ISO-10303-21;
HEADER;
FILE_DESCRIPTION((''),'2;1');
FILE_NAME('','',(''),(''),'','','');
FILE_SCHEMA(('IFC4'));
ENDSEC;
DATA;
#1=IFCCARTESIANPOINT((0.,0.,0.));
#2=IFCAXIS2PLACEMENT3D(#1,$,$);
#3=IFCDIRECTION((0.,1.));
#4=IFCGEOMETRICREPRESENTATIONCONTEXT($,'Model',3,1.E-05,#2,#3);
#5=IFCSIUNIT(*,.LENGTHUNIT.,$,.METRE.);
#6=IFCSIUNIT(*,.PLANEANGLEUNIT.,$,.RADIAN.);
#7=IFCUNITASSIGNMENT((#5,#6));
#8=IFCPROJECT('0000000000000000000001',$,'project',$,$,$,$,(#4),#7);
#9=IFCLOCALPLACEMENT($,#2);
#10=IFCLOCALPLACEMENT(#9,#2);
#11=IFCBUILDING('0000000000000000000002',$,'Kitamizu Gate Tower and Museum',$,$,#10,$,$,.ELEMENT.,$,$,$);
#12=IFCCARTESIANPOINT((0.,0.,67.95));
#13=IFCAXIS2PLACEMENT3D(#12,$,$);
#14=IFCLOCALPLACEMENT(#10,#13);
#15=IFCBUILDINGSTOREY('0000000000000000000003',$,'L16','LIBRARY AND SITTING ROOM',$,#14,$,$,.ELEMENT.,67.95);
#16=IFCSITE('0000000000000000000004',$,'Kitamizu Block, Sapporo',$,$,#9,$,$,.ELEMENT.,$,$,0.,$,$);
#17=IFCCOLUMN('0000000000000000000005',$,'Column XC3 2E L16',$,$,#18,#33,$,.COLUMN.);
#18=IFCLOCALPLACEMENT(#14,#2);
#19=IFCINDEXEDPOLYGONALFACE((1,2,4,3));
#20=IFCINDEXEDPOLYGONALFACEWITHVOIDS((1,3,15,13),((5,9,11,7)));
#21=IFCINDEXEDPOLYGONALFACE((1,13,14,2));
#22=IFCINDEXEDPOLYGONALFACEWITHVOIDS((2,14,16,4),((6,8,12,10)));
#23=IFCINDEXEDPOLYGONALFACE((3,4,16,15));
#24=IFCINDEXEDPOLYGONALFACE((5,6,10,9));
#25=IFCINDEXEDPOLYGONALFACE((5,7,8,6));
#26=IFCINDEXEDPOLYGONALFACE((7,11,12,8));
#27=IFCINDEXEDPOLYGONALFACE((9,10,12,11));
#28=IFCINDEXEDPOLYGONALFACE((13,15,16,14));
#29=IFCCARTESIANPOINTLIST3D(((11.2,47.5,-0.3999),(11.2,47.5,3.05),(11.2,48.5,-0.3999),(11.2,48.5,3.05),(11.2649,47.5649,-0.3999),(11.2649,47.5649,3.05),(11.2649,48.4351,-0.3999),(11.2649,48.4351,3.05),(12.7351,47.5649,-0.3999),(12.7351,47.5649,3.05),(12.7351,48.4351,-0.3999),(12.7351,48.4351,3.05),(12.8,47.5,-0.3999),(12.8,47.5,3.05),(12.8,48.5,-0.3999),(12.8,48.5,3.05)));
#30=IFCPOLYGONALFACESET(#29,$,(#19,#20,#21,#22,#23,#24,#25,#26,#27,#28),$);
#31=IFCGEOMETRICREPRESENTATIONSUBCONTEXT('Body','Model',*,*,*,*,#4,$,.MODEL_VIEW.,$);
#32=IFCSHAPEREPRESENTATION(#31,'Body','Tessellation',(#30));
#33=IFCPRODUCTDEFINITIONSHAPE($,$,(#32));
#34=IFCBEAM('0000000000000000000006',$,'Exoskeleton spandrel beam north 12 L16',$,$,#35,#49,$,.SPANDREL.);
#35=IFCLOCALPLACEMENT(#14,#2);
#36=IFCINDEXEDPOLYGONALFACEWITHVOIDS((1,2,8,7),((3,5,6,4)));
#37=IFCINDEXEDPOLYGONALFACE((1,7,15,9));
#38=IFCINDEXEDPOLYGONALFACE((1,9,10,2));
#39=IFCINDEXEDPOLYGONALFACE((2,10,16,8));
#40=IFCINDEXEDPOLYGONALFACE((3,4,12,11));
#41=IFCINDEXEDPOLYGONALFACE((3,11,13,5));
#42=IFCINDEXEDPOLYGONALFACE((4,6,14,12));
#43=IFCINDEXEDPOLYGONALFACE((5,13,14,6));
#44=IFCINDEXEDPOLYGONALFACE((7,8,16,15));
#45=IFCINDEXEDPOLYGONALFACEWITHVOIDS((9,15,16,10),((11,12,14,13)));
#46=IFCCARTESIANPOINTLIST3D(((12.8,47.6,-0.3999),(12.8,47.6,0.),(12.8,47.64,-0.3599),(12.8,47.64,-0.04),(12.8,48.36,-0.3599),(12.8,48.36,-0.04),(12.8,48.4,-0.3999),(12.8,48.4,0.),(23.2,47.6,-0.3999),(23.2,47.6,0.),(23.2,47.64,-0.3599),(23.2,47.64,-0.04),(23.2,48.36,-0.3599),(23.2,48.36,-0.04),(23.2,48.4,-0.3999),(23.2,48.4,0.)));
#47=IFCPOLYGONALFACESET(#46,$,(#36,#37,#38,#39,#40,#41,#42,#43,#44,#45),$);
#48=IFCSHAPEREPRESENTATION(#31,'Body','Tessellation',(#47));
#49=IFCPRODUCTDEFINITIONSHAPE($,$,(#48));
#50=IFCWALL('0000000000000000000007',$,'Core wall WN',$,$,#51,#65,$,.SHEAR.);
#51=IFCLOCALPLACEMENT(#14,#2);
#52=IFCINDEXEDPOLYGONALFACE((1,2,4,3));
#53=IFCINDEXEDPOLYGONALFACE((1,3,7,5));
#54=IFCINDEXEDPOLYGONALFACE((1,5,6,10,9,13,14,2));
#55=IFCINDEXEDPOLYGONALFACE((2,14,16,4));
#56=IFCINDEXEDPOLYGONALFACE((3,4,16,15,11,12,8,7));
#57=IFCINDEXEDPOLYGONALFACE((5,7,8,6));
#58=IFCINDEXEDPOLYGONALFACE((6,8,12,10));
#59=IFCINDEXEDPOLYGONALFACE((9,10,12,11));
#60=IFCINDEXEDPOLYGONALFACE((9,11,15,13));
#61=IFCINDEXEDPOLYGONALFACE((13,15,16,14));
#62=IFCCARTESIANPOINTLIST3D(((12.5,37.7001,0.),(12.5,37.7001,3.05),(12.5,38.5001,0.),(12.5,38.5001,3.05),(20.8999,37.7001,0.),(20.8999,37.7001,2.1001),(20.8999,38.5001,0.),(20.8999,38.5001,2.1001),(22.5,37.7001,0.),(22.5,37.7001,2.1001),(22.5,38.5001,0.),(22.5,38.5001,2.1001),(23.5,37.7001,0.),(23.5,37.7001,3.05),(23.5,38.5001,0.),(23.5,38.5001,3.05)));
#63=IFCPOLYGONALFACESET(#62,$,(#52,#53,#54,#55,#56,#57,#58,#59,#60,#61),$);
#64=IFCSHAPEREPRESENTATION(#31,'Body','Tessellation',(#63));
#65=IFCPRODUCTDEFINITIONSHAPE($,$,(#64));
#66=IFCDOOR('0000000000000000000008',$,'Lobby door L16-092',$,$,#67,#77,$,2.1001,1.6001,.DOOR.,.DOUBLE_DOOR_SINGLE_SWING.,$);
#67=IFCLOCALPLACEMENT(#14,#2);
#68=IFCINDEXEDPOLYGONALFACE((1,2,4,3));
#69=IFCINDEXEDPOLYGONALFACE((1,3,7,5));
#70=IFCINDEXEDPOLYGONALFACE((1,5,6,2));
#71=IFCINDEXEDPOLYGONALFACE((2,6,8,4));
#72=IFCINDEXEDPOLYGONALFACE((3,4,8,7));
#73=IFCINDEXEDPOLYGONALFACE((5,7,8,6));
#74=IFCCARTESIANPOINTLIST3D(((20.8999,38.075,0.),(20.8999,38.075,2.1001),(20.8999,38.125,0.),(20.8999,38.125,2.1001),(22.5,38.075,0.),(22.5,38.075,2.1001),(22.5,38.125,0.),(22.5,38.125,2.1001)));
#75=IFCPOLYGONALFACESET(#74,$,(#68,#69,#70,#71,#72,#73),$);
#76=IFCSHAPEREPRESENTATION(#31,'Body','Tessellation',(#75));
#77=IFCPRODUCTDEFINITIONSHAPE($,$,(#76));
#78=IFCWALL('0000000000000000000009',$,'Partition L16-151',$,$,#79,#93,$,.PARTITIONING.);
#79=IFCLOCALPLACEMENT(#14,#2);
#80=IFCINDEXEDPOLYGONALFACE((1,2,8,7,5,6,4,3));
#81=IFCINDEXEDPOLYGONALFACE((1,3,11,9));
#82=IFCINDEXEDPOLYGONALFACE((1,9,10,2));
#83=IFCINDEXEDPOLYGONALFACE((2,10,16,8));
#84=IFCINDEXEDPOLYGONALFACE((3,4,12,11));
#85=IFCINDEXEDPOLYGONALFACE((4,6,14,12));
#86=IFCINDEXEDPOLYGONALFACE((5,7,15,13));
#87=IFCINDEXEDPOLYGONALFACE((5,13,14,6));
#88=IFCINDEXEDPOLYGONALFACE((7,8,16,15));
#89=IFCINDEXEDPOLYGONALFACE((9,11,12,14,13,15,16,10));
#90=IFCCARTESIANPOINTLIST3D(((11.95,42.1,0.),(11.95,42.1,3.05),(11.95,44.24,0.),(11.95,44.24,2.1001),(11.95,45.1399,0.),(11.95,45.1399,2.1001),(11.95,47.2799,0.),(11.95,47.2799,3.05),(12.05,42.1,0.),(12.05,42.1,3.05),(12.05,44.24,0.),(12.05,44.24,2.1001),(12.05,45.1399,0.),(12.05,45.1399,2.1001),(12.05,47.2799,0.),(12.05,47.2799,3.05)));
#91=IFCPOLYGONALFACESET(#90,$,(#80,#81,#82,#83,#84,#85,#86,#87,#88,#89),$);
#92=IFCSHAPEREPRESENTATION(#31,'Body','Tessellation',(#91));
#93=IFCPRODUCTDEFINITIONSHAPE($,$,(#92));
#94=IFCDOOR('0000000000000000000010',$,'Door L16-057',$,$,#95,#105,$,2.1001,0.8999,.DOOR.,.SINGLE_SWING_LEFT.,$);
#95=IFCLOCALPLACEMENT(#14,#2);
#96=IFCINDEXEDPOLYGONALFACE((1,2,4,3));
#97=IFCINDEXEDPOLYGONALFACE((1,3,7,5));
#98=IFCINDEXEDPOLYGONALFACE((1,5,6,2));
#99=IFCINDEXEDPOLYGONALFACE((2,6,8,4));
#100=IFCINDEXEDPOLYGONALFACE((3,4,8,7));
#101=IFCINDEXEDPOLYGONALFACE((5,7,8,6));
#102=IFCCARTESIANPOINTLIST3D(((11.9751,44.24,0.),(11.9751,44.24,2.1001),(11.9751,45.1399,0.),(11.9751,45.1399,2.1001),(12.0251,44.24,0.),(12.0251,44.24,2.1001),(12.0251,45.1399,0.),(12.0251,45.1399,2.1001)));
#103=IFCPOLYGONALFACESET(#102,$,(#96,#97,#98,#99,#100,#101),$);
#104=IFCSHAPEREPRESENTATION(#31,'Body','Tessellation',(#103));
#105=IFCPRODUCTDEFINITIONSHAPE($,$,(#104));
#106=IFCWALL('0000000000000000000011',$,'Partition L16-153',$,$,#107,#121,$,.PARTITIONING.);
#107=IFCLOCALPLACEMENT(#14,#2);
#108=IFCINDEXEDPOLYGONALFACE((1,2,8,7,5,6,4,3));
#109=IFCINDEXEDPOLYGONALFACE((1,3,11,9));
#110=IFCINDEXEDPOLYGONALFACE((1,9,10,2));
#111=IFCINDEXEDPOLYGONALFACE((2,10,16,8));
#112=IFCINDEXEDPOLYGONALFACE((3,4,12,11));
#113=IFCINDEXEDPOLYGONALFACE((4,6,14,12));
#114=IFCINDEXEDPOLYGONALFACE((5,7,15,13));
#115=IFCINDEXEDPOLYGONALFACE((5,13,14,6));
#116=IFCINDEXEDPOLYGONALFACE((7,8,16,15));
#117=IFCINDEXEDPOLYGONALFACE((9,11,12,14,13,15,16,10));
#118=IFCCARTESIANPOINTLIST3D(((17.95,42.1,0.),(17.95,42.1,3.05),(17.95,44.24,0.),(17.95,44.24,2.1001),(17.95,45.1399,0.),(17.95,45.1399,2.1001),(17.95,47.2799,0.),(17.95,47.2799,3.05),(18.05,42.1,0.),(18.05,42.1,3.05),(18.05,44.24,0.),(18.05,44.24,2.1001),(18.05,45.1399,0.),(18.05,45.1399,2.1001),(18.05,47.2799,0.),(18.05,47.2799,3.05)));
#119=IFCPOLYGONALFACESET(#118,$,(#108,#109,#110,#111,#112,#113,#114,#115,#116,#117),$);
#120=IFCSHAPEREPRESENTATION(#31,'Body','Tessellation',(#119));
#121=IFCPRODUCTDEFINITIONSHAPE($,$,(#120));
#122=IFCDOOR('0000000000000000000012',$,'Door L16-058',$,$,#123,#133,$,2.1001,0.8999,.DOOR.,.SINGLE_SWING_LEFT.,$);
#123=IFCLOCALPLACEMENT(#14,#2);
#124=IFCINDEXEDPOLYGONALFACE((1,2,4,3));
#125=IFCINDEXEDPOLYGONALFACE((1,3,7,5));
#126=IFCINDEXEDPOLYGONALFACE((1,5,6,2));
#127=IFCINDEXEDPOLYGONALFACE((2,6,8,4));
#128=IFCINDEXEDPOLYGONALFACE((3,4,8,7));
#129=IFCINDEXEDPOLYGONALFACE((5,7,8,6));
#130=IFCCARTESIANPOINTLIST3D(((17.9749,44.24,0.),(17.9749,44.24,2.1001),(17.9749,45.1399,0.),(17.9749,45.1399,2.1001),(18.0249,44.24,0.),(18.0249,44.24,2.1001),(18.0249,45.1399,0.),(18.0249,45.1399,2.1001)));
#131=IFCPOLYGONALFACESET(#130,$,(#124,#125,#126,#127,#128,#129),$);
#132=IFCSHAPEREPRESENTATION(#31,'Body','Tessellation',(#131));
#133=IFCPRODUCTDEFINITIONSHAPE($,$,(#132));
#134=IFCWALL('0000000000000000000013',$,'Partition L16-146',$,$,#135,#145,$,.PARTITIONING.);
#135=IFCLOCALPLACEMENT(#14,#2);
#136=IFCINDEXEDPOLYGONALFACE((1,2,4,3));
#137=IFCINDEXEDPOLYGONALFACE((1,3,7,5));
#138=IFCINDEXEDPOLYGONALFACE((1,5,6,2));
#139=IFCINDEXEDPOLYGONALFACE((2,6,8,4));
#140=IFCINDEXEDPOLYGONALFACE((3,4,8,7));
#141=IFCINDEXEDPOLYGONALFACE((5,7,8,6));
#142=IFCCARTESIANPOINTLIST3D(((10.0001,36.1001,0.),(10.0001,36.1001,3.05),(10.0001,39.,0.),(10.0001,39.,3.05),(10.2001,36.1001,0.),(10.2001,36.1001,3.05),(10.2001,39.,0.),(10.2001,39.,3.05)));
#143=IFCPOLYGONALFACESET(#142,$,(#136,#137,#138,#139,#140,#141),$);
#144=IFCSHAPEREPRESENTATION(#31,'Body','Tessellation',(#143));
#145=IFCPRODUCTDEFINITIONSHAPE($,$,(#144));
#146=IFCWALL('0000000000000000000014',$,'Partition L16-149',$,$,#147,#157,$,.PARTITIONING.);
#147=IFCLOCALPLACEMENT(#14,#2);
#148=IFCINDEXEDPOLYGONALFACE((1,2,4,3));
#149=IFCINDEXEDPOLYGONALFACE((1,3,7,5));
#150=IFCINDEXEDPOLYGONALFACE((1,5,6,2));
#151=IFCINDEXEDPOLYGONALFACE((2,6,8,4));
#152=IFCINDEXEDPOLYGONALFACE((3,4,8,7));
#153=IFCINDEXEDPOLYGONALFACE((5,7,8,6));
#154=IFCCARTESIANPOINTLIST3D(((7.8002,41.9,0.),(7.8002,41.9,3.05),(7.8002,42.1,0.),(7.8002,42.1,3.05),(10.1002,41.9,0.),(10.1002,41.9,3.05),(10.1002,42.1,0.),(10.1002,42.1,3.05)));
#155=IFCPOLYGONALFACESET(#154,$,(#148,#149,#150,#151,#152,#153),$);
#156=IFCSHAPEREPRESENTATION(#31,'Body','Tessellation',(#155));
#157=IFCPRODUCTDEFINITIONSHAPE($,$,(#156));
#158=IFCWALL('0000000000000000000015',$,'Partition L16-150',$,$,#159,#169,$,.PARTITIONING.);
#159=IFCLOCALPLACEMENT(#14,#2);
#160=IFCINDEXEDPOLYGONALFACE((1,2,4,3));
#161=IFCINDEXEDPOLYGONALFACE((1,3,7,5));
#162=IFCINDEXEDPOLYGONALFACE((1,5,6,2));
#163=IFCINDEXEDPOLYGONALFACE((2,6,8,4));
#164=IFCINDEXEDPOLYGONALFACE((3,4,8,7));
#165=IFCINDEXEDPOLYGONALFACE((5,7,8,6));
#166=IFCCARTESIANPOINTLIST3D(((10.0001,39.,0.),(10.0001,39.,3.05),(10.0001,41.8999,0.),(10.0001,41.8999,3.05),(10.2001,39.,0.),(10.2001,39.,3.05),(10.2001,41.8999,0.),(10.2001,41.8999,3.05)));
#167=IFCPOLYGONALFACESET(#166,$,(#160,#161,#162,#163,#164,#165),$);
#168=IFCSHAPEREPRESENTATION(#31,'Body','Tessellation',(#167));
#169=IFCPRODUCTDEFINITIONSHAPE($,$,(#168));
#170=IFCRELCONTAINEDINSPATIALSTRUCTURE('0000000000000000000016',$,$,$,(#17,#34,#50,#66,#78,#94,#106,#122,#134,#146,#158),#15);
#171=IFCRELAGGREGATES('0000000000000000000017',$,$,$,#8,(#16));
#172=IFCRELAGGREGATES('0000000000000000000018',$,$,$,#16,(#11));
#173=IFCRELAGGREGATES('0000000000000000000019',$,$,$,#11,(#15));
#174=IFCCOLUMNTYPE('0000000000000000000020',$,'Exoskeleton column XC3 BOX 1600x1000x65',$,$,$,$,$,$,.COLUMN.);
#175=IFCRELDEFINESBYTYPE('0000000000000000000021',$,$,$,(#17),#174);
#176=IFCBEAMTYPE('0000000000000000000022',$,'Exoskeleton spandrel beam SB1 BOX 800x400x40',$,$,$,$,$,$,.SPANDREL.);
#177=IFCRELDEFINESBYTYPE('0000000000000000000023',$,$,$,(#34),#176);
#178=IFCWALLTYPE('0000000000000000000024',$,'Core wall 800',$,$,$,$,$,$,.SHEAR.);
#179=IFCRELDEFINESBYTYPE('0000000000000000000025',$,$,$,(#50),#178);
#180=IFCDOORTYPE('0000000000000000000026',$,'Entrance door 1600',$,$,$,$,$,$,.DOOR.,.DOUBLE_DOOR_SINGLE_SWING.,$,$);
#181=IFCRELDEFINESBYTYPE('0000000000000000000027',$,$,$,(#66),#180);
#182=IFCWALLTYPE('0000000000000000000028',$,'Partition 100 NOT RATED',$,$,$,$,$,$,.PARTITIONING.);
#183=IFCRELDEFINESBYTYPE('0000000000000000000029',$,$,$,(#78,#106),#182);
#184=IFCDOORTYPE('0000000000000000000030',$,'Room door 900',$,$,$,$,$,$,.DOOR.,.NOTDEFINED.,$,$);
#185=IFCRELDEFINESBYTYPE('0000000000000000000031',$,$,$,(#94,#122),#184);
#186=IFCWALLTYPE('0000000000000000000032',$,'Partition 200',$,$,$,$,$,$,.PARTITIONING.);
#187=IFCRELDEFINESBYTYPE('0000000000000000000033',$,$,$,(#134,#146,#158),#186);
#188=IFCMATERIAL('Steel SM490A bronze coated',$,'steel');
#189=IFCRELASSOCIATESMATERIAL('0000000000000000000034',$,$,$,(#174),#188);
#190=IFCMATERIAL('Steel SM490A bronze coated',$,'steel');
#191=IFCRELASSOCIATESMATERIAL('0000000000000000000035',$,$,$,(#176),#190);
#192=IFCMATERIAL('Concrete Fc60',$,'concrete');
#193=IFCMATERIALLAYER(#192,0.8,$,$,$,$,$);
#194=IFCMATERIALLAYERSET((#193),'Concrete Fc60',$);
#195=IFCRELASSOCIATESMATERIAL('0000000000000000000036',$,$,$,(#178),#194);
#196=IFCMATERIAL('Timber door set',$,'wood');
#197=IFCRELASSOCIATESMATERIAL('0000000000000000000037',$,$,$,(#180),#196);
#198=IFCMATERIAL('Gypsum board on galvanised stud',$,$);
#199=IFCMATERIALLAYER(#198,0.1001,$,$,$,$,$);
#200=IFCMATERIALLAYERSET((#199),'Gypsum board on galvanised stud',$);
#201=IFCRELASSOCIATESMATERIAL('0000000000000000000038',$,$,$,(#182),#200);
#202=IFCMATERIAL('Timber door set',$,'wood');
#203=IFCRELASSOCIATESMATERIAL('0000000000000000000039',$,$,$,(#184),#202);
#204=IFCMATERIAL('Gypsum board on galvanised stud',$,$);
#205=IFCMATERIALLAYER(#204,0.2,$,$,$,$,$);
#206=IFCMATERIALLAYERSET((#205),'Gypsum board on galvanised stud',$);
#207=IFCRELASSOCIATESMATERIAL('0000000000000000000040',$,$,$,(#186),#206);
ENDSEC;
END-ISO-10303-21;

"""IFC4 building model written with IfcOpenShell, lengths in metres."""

from ifc_helpers import new_model, si_unit, direction, frame, frame_2d, origin, origin_2d, place, context, subcontext, project, spatial, rectangle, hollow_rectangle, extrude, material, layer, layer_set, material_profile, profile_set, type_object, element, fill, save


model = new_model("IFC4")

# Units and contexts
model_context = context("Model", 3, precision=1e-05, world=origin(), true_north=direction((0.0, 1.0)))
body_context = subcontext(model_context, "Body", "Model", "MODEL_VIEW")
ifc_project = project(units=[si_unit("LENGTHUNIT", "METRE"), si_unit("PLANEANGLEUNIT", "RADIAN")], contexts=[model_context])

# Site, building, storey
site_placement = place(None, origin())
site = spatial("IfcSite", under=ifc_project, at=site_placement, Name="Kitamizu Block, Sapporo", CompositionType="ELEMENT", RefElevation=0.0)
building_placement = place(site_placement, origin())
building = spatial("IfcBuilding", under=site, at=building_placement, Name="Kitamizu Gate Tower and Museum", CompositionType="ELEMENT")
storey_placement = place(building_placement, frame((0.0, 0.0, 67.95)))
storey = spatial("IfcBuildingStorey", under=building, at=storey_placement, Name="L16", Description="LIBRARY AND SITTING ROOM", CompositionType="ELEMENT", Elevation=67.95)

# Column
ifc_material_1 = material(Name="Steel SM490A bronze coated", Category="steel")
ifc_material_profile_1 = material_profile(ifc_material_1, hollow_rectangle(XDim=1.6001, YDim=1.0, WallThickness=0.0649, at=origin_2d()), Name="BOX 1600x1000x65")
ifc_profile_set_1 = profile_set([ifc_material_profile_1], Name="Steel SM490A bronze coated")
column_type = type_object("IfcColumnType", Name="Exoskeleton column XC3 BOX 1600x1000x65", PredefinedType="COLUMN", material=ifc_profile_set_1)
column_placement = place(storey_placement, frame((12.0, 48.0, -0.3999), z_axis=(0.0, 0.0, 1.0), x_axis=(1.0, 0.0, 0.0)))
element("IfcColumn", 1, at=column_placement, inside=storey, type_object=column_type, Name="Column XC3 2E L16", PredefinedType="COLUMN", context=body_context, shape_type="SweptSolid", body=[
    extrude(hollow_rectangle(XDim=1.6001, YDim=1.0, WallThickness=0.0649, at=origin_2d()), origin(), (0.0, 0.0, 1.0), 3.45),
])

# Beam
ifc_material_2 = material(Name="Steel SM490A bronze coated", Category="steel")
ifc_material_profile_2 = material_profile(ifc_material_2, hollow_rectangle(XDim=0.8, YDim=0.3999, WallThickness=0.04, at=origin_2d()), Name="BOX 800x400x40")
ifc_profile_set_2 = profile_set([ifc_material_profile_2], Name="Steel SM490A bronze coated")
beam_type = type_object("IfcBeamType", Name="Exoskeleton spandrel beam SB1 BOX 800x400x40", PredefinedType="SPANDREL", material=ifc_profile_set_2)
beam_placement = place(storey_placement, frame((12.8, 48.0, -0.2), z_axis=(1.0, 0.0, 0.0), x_axis=(0.0, 1.0, 0.0)))
element("IfcBeam", 2, at=beam_placement, inside=storey, type_object=beam_type, Name="Exoskeleton spandrel beam north 12 L16", PredefinedType="SPANDREL", context=body_context, shape_type="SweptSolid", body=[
    extrude(hollow_rectangle(XDim=0.8, YDim=0.3999, WallThickness=0.04, at=origin_2d()), origin(), (0.0, 0.0, 1.0), 10.3999),
])

# Walls, openings, doors
ifc_material_3 = material(Name="Concrete Fc60", Category="concrete")
ifc_layer_1 = layer(ifc_material_3, 0.8)
ifc_layer_set_1 = layer_set([ifc_layer_1], Name="Concrete Fc60")
wall_type_1 = type_object("IfcWallType", Name="Core wall 800", PredefinedType="SHEAR", material=ifc_layer_set_1)
wall_1_placement = place(storey_placement, frame((12.5, 38.1001, 0.0), z_axis=(0.0, 0.0, 1.0), x_axis=(1.0, 0.0, 0.0)))
wall_1 = element("IfcWall", 3, at=wall_1_placement, inside=storey, type_object=wall_type_1, Name="Core wall WN", PredefinedType="SHEAR", context=body_context, shape_type="SweptSolid", body=[
    extrude(rectangle(XDim=11.0, YDim=0.8, at=frame_2d((5.5, 0.0))), origin(), (0.0, 0.0, 1.0), 3.05),
])
opening_1_placement = place(wall_1_placement, frame((8.3999, 0.0, 0.0)))
opening_1 = element("IfcOpeningElement", 4, at=opening_1_placement, cuts=wall_1, PredefinedType="OPENING", context=body_context, shape_type="SweptSolid", body=[
    extrude(rectangle(XDim=1.6001, YDim=2.1001, at=frame_2d((0.8, 1.05))), frame((0.0, 0.4102, 0.0), z_axis=(0.0, -1.0, 0.0), x_axis=(1.0, 0.0, 0.0)), (0.0, 0.0, 1.0), 0.8201),
])
ifc_material_4 = material(Name="Timber door set", Category="wood")
door_type_1 = type_object("IfcDoorType", Name="Entrance door 1600", OperationType="DOUBLE_DOOR_SINGLE_SWING", PredefinedType="DOOR", material=ifc_material_4)
door_1_placement = place(opening_1_placement, origin())
door_1 = element("IfcDoor", 5, at=door_1_placement, inside=storey, type_object=door_type_1, Name="Lobby door L16-092", OperationType="DOUBLE_DOOR_SINGLE_SWING", OverallHeight=2.1001, OverallWidth=1.6001, PredefinedType="DOOR", context=body_context, shape_type="SweptSolid", body=[
    extrude(rectangle(XDim=1.6001, YDim=2.1001, at=frame_2d((0.8, 1.05))), frame((0.0, 0.0249, 0.0), z_axis=(0.0, -1.0, 0.0), x_axis=(1.0, 0.0, 0.0)), (0.0, 0.0, 1.0), 0.05),
])
fill(opening_1, door_1)
ifc_material_5 = material(Name="Gypsum board on galvanised stud")
ifc_layer_2 = layer(ifc_material_5, 0.1001)
ifc_layer_set_2 = layer_set([ifc_layer_2], Name="Gypsum board on galvanised stud")
wall_type_2 = type_object("IfcWallType", Name="Partition 100 NOT RATED", PredefinedType="PARTITIONING", material=ifc_layer_set_2)
wall_2_placement = place(storey_placement, frame((12.0, 42.1001, 0.0), z_axis=(0.0, 0.0, 1.0), x_axis=(0.0, 1.0, 0.0)))
wall_2 = element("IfcWall", 6, at=wall_2_placement, inside=storey, type_object=wall_type_2, Name="Partition L16-151", PredefinedType="PARTITIONING", context=body_context, shape_type="SweptSolid", body=[
    extrude(rectangle(XDim=5.1799, YDim=0.1001, at=frame_2d((2.5898, 0.0))), origin(), (0.0, 0.0, 1.0), 3.05),
])
opening_2_placement = place(wall_2_placement, frame((2.1399, 0.0, 0.0)))
opening_2 = element("IfcOpeningElement", 7, at=opening_2_placement, cuts=wall_2, PredefinedType="OPENING", context=body_context, shape_type="SweptSolid", body=[
    extrude(rectangle(XDim=0.8999, YDim=2.1001, at=frame_2d((0.45, 1.05))), frame((0.0, 0.0601, 0.0), z_axis=(0.0, -1.0, 0.0), x_axis=(1.0, 0.0, 0.0)), (0.0, 0.0, 1.0), 0.1201),
])
ifc_material_6 = material(Name="Timber door set", Category="wood")
door_type_2 = type_object("IfcDoorType", Name="Room door 900", OperationType="NOTDEFINED", PredefinedType="DOOR", material=ifc_material_6)
door_2_placement = place(opening_2_placement, origin())
door_2 = element("IfcDoor", 8, at=door_2_placement, inside=storey, type_object=door_type_2, Name="Door L16-057", OperationType="SINGLE_SWING_LEFT", OverallHeight=2.1001, OverallWidth=0.8999, PredefinedType="DOOR", context=body_context, shape_type="SweptSolid", body=[
    extrude(rectangle(XDim=0.8999, YDim=2.1001, at=frame_2d((0.45, 1.05))), frame((0.0, 0.0249, 0.0), z_axis=(0.0, -1.0, 0.0), x_axis=(1.0, 0.0, 0.0)), (0.0, 0.0, 1.0), 0.05),
])
fill(opening_2, door_2)
wall_3_placement = place(storey_placement, frame((18.0, 42.1001, 0.0), z_axis=(0.0, 0.0, 1.0), x_axis=(0.0, 1.0, 0.0)))
wall_3 = element("IfcWall", 9, at=wall_3_placement, inside=storey, type_object=wall_type_2, Name="Partition L16-153", PredefinedType="PARTITIONING", context=body_context, shape_type="SweptSolid", body=[
    extrude(rectangle(XDim=5.1799, YDim=0.1001, at=frame_2d((2.5898, 0.0))), origin(), (0.0, 0.0, 1.0), 3.05),
])
opening_3_placement = place(wall_3_placement, frame((2.1399, 0.0, 0.0)))
opening_3 = element("IfcOpeningElement", 10, at=opening_3_placement, cuts=wall_3, PredefinedType="OPENING", context=body_context, shape_type="SweptSolid", body=[
    extrude(rectangle(XDim=0.8999, YDim=2.1001, at=frame_2d((0.45, 1.05))), frame((0.0, 0.0601, 0.0), z_axis=(0.0, -1.0, 0.0), x_axis=(1.0, 0.0, 0.0)), (0.0, 0.0, 1.0), 0.1201),
])
door_3_placement = place(opening_3_placement, frame((0.8999, 0.0, 0.0), x_axis=(-1.0, 0.0, 0.0)))
door_3 = element("IfcDoor", 11, at=door_3_placement, inside=storey, type_object=door_type_2, Name="Door L16-058", OperationType="SINGLE_SWING_LEFT", OverallHeight=2.1001, OverallWidth=0.8999, PredefinedType="DOOR", context=body_context, shape_type="SweptSolid", body=[
    extrude(rectangle(XDim=0.8999, YDim=2.1001, at=frame_2d((0.45, 1.05))), frame((0.0, 0.0249, 0.0), z_axis=(0.0, -1.0, 0.0), x_axis=(1.0, 0.0, 0.0)), (0.0, 0.0, 1.0), 0.05),
])
fill(opening_3, door_3)

# Walls
ifc_material_7 = material(Name="Gypsum board on galvanised stud")
ifc_layer_3 = layer(ifc_material_7, 0.2)
ifc_layer_set_3 = layer_set([ifc_layer_3], Name="Gypsum board on galvanised stud")
wall_type_3 = type_object("IfcWallType", Name="Partition 200", PredefinedType="PARTITIONING", material=ifc_layer_set_3)
wall_4_placement = place(storey_placement, frame((10.1001, 36.1001, 0.0), z_axis=(0.0, 0.0, 1.0), x_axis=(0.0, 1.0, 0.0)))
element("IfcWall", 12, at=wall_4_placement, inside=storey, type_object=wall_type_3, Name="Partition L16-146", PredefinedType="PARTITIONING", context=body_context, shape_type="SweptSolid", body=[
    extrude(rectangle(XDim=2.8999, YDim=0.2, at=frame_2d((1.45, 0.0))), origin(), (0.0, 0.0, 1.0), 3.05),
])
wall_5_placement = place(storey_placement, frame((10.1001, 42.0, 0.0), z_axis=(0.0, 0.0, 1.0), x_axis=(-1.0, 0.0, 0.0)))
element("IfcWall", 13, at=wall_5_placement, inside=storey, type_object=wall_type_3, Name="Partition L16-149", PredefinedType="PARTITIONING", context=body_context, shape_type="SweptSolid", body=[
    extrude(rectangle(XDim=2.3, YDim=0.2, at=frame_2d((1.1499, 0.0))), origin(), (0.0, 0.0, 1.0), 3.05),
])
wall_6_placement = place(storey_placement, frame((10.1001, 39.0, 0.0), z_axis=(0.0, 0.0, 1.0), x_axis=(0.0, 1.0, 0.0)))
element("IfcWall", 14, at=wall_6_placement, inside=storey, type_object=wall_type_3, Name="Partition L16-150", PredefinedType="PARTITIONING", context=body_context, shape_type="SweptSolid", body=[
    extrude(rectangle(XDim=2.8999, YDim=0.2, at=frame_2d((1.45, 0.0))), origin(), (0.0, 0.0, 1.0), 3.05),
])

save(model, "model.ifc")
